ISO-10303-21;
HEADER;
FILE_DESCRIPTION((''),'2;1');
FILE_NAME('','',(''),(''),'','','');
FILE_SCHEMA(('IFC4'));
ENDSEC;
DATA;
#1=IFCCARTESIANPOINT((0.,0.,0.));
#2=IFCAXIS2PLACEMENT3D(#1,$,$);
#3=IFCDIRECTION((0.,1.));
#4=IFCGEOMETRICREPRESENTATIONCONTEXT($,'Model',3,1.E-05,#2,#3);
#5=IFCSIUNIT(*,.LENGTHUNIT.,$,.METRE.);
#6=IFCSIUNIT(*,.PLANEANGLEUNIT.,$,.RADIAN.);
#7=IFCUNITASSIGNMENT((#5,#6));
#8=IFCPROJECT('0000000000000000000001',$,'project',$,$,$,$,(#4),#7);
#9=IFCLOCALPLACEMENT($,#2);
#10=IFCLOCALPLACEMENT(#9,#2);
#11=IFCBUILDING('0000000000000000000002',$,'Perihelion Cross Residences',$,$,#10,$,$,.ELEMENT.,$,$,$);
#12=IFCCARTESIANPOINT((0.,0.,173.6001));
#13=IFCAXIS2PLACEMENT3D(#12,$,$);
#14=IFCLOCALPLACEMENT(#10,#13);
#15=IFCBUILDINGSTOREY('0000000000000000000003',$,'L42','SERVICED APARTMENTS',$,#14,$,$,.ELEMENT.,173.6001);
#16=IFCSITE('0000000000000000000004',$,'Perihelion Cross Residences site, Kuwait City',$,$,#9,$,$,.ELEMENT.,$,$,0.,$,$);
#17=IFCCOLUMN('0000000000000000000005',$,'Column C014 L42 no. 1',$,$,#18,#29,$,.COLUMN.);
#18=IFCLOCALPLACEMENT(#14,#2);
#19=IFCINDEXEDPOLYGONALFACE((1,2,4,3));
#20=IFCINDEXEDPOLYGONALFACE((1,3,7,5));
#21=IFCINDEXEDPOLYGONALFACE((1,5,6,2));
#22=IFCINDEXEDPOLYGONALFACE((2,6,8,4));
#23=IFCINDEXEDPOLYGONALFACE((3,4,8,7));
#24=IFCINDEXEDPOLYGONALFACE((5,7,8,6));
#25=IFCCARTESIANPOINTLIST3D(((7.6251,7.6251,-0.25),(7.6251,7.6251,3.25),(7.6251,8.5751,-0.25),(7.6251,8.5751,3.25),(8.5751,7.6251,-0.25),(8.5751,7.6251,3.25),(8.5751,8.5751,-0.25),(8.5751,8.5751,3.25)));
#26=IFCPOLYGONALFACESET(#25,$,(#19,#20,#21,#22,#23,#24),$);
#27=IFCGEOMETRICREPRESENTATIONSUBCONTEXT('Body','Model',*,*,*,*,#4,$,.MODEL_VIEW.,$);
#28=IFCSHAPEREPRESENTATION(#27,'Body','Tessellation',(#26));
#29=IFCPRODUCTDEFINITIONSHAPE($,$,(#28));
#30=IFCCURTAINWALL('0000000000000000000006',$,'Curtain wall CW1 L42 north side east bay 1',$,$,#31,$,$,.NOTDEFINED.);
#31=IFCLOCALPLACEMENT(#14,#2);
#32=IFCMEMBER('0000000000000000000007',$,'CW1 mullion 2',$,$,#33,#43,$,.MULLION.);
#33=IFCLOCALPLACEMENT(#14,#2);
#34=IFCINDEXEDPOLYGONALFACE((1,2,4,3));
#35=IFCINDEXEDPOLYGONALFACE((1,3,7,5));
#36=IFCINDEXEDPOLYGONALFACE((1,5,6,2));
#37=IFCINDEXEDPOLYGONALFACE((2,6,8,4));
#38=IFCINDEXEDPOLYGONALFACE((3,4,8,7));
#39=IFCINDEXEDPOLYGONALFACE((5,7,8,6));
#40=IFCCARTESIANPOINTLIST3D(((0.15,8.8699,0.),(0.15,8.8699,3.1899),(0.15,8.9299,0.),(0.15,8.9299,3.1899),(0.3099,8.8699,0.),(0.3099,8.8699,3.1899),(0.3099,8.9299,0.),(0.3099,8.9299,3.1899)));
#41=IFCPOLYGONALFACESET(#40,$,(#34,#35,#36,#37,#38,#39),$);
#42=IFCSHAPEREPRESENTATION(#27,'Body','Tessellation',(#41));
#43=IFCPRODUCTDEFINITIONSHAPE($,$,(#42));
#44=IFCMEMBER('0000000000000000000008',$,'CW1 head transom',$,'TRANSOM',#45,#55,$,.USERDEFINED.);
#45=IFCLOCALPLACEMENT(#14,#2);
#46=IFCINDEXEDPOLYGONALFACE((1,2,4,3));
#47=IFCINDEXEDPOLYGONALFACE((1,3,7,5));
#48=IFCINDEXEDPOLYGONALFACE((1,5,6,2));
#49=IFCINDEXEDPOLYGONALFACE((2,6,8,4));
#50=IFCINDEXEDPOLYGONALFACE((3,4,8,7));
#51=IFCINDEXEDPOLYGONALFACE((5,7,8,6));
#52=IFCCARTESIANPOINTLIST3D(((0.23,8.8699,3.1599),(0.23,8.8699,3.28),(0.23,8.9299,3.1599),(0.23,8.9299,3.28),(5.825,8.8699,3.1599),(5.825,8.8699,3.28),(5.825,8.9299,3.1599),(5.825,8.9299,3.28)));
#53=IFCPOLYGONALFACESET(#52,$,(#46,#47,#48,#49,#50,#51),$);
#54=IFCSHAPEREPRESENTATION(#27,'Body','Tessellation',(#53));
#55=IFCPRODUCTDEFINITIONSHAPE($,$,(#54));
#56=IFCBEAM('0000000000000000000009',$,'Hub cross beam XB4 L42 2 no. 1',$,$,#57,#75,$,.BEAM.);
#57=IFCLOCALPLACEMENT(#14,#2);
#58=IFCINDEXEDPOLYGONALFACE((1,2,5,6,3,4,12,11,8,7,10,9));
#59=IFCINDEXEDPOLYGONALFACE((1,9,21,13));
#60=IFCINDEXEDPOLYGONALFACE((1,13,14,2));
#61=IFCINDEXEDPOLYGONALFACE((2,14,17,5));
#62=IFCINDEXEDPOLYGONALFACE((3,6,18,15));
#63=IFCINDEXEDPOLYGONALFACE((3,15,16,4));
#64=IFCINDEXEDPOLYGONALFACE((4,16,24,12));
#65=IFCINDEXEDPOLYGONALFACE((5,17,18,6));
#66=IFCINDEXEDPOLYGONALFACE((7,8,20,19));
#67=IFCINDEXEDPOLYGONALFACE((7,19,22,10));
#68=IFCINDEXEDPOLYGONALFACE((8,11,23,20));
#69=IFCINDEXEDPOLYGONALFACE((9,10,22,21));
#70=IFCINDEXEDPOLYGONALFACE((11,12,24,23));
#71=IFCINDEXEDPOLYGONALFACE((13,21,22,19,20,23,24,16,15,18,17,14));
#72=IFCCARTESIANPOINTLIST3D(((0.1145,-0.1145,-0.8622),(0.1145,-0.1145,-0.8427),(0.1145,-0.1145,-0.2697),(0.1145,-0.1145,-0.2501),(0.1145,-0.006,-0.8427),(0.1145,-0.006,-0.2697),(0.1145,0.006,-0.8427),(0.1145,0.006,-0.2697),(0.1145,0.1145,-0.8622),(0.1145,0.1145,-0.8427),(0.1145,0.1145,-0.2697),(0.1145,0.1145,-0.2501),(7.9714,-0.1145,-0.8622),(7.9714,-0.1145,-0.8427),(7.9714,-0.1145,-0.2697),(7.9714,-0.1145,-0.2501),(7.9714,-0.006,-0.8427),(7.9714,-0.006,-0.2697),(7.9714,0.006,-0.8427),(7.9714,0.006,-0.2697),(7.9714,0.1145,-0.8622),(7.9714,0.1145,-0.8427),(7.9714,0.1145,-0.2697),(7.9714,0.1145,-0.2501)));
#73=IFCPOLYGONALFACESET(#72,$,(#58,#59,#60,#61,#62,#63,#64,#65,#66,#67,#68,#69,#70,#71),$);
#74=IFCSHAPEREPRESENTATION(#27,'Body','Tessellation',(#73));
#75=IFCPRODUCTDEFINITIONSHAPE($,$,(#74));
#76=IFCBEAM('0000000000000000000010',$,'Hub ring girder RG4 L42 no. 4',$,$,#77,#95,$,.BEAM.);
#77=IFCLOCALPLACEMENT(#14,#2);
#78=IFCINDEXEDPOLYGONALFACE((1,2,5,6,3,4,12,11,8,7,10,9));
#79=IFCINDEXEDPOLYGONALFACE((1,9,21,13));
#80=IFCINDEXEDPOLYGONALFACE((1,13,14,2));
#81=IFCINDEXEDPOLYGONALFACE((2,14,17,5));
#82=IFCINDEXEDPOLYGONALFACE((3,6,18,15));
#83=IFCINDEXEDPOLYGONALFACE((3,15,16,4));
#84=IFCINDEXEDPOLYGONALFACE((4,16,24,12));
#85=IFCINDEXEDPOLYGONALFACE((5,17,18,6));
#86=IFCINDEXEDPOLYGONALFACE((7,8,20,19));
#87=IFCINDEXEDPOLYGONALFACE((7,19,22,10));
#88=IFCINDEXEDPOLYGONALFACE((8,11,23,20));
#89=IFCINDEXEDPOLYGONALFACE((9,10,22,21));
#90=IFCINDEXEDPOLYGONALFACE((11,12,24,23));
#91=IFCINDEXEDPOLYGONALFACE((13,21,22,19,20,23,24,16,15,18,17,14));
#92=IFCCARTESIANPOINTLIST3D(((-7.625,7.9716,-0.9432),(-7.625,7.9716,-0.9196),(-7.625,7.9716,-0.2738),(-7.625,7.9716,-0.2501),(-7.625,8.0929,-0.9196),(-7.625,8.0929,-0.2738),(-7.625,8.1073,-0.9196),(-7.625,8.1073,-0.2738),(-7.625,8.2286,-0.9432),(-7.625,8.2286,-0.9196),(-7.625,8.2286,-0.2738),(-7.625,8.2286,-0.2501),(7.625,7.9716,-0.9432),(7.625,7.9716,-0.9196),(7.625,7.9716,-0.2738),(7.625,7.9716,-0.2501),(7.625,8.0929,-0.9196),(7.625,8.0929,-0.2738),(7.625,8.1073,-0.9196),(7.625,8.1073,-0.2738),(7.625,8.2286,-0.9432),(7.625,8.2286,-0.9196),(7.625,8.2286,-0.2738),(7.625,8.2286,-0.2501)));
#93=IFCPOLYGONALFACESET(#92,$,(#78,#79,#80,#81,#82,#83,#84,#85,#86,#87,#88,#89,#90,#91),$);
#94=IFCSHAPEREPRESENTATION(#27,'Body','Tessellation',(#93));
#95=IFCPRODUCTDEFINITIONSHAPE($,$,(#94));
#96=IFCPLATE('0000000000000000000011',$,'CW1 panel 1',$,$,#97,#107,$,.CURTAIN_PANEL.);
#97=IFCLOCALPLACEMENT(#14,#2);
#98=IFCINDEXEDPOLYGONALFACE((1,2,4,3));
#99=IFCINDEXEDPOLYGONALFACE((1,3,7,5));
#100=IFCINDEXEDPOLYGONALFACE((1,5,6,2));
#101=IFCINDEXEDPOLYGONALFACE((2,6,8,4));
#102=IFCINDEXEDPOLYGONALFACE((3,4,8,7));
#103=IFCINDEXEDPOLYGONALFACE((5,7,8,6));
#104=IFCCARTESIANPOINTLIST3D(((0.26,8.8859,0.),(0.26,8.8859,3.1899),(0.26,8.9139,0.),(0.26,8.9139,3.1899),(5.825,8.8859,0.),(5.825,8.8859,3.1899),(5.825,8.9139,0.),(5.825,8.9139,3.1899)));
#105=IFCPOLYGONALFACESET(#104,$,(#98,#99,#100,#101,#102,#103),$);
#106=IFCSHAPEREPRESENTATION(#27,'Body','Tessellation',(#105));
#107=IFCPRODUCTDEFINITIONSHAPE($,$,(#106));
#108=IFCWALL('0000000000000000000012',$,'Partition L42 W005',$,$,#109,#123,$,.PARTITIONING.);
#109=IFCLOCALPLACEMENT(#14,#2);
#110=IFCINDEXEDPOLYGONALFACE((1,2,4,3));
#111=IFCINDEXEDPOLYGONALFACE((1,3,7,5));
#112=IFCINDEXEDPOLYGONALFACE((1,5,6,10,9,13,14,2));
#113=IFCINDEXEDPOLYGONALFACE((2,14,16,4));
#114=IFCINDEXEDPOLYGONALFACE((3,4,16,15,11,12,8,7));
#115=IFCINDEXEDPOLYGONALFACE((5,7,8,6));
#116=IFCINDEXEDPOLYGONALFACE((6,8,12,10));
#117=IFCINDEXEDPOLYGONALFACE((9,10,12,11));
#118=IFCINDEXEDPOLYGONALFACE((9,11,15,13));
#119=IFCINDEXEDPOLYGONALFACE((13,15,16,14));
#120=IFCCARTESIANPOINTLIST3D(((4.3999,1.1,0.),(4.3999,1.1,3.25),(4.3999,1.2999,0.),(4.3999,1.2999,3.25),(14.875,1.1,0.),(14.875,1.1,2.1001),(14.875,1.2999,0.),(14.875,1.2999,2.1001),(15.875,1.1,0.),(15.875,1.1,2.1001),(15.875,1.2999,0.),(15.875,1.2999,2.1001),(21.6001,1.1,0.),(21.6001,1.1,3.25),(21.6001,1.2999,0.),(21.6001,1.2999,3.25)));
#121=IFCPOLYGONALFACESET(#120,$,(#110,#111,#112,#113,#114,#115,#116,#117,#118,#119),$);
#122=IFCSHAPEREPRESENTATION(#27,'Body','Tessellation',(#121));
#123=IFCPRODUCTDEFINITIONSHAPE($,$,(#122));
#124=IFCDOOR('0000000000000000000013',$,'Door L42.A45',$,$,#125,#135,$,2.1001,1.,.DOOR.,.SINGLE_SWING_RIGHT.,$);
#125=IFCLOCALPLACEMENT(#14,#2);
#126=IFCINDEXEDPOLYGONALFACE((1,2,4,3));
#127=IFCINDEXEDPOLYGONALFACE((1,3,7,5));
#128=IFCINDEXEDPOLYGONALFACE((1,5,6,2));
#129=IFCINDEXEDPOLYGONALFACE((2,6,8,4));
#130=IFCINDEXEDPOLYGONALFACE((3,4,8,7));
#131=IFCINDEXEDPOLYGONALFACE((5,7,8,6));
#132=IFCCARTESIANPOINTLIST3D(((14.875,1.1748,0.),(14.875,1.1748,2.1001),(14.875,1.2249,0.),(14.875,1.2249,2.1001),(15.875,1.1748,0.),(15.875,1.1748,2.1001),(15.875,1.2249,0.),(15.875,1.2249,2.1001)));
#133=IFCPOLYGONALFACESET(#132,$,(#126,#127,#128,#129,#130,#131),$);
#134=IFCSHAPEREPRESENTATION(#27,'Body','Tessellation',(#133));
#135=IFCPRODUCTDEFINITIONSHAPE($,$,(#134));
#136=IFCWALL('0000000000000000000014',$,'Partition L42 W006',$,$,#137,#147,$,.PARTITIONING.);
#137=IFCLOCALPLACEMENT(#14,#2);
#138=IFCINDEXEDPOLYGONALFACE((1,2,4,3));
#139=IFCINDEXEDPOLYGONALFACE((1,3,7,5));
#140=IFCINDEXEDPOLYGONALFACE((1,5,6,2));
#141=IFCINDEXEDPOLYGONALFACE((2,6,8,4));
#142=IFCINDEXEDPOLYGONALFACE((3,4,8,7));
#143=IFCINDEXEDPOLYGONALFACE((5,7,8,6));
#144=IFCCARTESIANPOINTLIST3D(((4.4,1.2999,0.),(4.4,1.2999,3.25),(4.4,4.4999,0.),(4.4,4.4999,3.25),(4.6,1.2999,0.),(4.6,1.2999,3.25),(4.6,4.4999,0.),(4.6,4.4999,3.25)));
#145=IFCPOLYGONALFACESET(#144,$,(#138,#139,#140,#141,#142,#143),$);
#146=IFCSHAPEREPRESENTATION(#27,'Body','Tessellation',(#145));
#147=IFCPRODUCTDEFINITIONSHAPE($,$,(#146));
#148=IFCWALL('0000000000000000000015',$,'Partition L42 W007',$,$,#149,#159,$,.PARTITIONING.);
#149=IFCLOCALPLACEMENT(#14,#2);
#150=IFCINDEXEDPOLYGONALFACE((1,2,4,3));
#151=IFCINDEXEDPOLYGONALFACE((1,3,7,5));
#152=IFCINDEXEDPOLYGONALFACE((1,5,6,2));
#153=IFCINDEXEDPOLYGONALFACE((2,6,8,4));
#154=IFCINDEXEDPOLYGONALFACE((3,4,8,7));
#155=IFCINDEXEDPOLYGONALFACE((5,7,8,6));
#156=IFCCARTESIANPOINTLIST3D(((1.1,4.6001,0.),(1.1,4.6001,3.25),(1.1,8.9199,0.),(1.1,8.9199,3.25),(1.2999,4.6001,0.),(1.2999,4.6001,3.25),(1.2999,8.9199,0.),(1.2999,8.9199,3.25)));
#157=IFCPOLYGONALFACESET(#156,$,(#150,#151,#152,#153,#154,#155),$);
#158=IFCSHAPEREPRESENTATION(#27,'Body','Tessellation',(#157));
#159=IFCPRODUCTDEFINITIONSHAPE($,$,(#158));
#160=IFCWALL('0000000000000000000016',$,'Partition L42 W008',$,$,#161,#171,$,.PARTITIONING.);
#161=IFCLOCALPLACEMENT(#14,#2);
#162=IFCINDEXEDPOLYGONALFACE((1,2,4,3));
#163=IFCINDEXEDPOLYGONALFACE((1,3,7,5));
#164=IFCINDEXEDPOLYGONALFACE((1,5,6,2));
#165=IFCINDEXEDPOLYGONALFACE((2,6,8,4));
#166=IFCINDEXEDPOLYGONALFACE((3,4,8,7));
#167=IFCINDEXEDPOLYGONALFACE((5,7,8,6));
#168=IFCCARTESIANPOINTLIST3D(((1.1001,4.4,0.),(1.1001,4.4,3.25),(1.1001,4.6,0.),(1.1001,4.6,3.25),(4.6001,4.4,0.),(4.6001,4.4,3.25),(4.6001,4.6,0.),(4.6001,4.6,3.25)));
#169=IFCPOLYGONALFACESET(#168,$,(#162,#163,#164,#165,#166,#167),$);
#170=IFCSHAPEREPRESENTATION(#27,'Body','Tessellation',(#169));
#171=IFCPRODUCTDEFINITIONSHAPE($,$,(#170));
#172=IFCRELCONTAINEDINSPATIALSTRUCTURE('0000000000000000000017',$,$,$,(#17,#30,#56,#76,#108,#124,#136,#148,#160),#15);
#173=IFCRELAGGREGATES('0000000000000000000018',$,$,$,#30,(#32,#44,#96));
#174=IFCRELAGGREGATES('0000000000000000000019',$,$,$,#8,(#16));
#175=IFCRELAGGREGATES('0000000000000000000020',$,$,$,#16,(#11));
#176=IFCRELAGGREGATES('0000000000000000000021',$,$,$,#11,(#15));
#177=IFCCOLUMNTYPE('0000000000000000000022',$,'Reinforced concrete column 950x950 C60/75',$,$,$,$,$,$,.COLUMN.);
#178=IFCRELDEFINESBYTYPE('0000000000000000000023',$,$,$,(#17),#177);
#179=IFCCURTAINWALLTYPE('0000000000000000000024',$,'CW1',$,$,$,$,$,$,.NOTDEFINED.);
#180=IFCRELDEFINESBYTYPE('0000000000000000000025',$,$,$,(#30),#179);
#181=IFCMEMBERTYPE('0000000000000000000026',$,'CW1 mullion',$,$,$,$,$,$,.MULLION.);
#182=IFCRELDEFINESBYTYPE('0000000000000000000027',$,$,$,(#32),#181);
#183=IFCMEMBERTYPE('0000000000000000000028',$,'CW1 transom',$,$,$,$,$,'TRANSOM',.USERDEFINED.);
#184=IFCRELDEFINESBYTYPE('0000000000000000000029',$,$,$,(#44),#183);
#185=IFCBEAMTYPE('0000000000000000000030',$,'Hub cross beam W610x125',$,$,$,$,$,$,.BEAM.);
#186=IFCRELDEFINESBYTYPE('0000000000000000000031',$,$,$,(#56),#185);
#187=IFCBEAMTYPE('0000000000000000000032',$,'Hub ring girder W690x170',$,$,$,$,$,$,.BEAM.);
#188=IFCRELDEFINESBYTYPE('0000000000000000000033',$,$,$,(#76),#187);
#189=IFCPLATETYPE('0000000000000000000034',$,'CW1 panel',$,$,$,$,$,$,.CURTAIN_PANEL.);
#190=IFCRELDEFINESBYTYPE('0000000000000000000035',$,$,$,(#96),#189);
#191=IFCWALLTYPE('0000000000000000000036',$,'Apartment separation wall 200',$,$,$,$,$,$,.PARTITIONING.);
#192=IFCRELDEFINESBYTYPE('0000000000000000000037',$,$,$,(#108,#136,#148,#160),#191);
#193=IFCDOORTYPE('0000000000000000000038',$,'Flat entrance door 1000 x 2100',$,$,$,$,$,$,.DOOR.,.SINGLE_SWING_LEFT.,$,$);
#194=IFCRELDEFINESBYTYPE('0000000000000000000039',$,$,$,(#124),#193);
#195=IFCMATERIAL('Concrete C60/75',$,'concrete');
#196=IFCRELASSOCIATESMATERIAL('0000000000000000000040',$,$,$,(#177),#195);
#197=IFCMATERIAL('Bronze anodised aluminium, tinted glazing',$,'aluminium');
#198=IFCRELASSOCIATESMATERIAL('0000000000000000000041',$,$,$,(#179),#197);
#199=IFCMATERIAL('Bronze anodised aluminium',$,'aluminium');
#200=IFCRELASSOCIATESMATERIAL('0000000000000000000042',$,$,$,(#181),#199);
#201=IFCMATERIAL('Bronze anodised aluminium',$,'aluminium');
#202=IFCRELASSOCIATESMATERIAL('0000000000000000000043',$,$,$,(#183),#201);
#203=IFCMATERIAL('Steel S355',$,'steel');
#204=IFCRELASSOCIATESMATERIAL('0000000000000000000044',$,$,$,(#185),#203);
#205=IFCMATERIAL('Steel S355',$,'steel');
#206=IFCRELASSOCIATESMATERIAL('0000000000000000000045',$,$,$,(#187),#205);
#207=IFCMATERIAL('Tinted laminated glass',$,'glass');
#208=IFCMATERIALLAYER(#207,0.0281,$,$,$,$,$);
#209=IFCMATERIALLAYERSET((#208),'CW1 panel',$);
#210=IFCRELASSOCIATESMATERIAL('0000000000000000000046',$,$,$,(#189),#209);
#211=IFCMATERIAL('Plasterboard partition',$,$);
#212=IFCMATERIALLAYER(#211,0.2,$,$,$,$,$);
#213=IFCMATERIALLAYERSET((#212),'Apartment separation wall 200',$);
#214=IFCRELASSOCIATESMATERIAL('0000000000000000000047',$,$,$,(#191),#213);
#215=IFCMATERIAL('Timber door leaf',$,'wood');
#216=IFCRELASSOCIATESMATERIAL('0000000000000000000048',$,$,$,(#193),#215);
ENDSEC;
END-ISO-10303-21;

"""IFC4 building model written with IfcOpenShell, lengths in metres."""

from ifc_helpers import new_model, si_unit, direction, frame, frame_2d, origin, origin_2d, place, context, subcontext, project, spatial, rectangle, i_section, extrude, material, layer, layer_set, material_profile, profile_set, type_object, element, fill, aggregate, save


model = new_model("IFC4")

# Units and contexts
model_context = context("Model", 3, precision=1e-05, world=origin(), true_north=direction((0.0, 1.0)))
body_context = subcontext(model_context, "Body", "Model", "MODEL_VIEW")
ifc_project = project(units=[si_unit("LENGTHUNIT", "METRE"), si_unit("PLANEANGLEUNIT", "RADIAN")], contexts=[model_context])

# Site, building, storey
site_placement = place(None, origin())
site = spatial("IfcSite", under=ifc_project, at=site_placement, Name="Perihelion Cross Residences site, Kuwait City", CompositionType="ELEMENT", RefElevation=0.0)
building_placement = place(site_placement, origin())
building = spatial("IfcBuilding", under=site, at=building_placement, Name="Perihelion Cross Residences", CompositionType="ELEMENT")
storey_placement = place(building_placement, frame((0.0, 0.0, 173.6001)))
storey = spatial("IfcBuildingStorey", under=building, at=storey_placement, Name="L42", Description="SERVICED APARTMENTS", CompositionType="ELEMENT", Elevation=173.6001)

# Column
ifc_material_1 = material(Name="Concrete C60/75", Category="concrete")
ifc_material_profile_1 = material_profile(ifc_material_1, rectangle(XDim=0.95, YDim=0.95, at=origin_2d()), Name="RC 950x950")
ifc_profile_set_1 = profile_set([ifc_material_profile_1], Name="Concrete C60/75")
column_type = type_object("IfcColumnType", Name="Reinforced concrete column 950x950 C60/75", PredefinedType="COLUMN", material=ifc_profile_set_1)
column_placement = place(storey_placement, frame((8.1001, 8.1001, -0.25), z_axis=(0.0, 0.0, 1.0), x_axis=(1.0, 0.0, 0.0)))
element("IfcColumn", 1, at=column_placement, inside=storey, type_object=column_type, Name="Column C014 L42 no. 1", PredefinedType="COLUMN", context=body_context, shape_type="SweptSolid", body=[
    extrude(rectangle(XDim=0.95, YDim=0.95, at=origin_2d()), origin(), (0.0, 0.0, 1.0), 3.5),
])

# Curtain wall, members
ifc_material_2 = material(Name="Bronze anodised aluminium, tinted glazing", Category="aluminium")
curtain_wall_type = type_object("IfcCurtainWallType", Name="CW1", PredefinedType="NOTDEFINED", material=ifc_material_2)
curtain_wall_placement = place(storey_placement, origin())
curtain_wall = element("IfcCurtainWall", 2, at=curtain_wall_placement, inside=storey, type_object=curtain_wall_type, Name="Curtain wall CW1 L42 north side east bay 1", PredefinedType="NOTDEFINED")
ifc_material_3 = material(Name="Bronze anodised aluminium", Category="aluminium")
ifc_material_profile_2 = material_profile(ifc_material_3, rectangle(XDim=0.0601, YDim=0.1599, at=origin_2d()), Name="CW1 mullion")
ifc_profile_set_2 = profile_set([ifc_material_profile_2], Name="Bronze anodised aluminium")
member_type_1 = type_object("IfcMemberType", Name="CW1 mullion", PredefinedType="MULLION", material=ifc_profile_set_2)
member_1_placement = place(storey_placement, frame((0.23, 8.8999, 0.0), z_axis=(0.0, 0.0, 1.0), x_axis=(0.0, -1.0, 0.0)))
member_1 = element("IfcMember", 3, at=member_1_placement, type_object=member_type_1, Name="CW1 mullion 2", PredefinedType="MULLION", context=body_context, shape_type="SweptSolid", body=[
    extrude(rectangle(XDim=0.0601, YDim=0.1599, at=origin_2d()), origin(), (0.0, 0.0, 1.0), 3.1899),
])
ifc_material_4 = material(Name="Bronze anodised aluminium", Category="aluminium")
ifc_material_profile_3 = material_profile(ifc_material_4, rectangle(XDim=0.0601, YDim=0.1201, at=origin_2d()), Name="CW1 transom")
ifc_profile_set_3 = profile_set([ifc_material_profile_3], Name="Bronze anodised aluminium")
member_type_2 = type_object("IfcMemberType", Name="CW1 transom", ElementType="TRANSOM", PredefinedType="USERDEFINED", material=ifc_profile_set_3)
member_2_placement = place(storey_placement, frame((5.825, 8.8999, 3.22), z_axis=(-1.0, 0.0, 0.0), x_axis=(0.0, -1.0, 0.0)))
member_2 = element("IfcMember", 4, at=member_2_placement, type_object=member_type_2, Name="CW1 head transom", ObjectType="TRANSOM", PredefinedType="USERDEFINED", context=body_context, shape_type="SweptSolid", body=[
    extrude(rectangle(XDim=0.0601, YDim=0.1201, at=origin_2d()), origin(), (0.0, 0.0, 1.0), 5.595),
])

# Beams
ifc_material_5 = material(Name="Steel S355", Category="steel")
ifc_material_profile_4 = material_profile(ifc_material_5, i_section(OverallWidth=0.229, OverallDepth=0.6121, WebThickness=0.012, FlangeThickness=0.0195, at=origin_2d()), Name="W610x125")
ifc_profile_set_4 = profile_set([ifc_material_profile_4], Name="Steel S355")
beam_type_1 = type_object("IfcBeamType", Name="Hub cross beam W610x125", PredefinedType="BEAM", material=ifc_profile_set_4)
beam_1_placement = place(storey_placement, frame((0.1145, 0.0, -0.5562), z_axis=(1.0, 0.0, 0.0), x_axis=(0.0, 1.0, 0.0)))
element("IfcBeam", 5, at=beam_1_placement, inside=storey, type_object=beam_type_1, Name="Hub cross beam XB4 L42 2 no. 1", PredefinedType="BEAM", context=body_context, shape_type="SweptSolid", body=[
    extrude(i_section(OverallWidth=0.229, OverallDepth=0.6121, WebThickness=0.012, FlangeThickness=0.0195, at=origin_2d()), origin(), (0.0, 0.0, 1.0), 7.8569),
])
ifc_material_6 = material(Name="Steel S355", Category="steel")
ifc_material_profile_5 = material_profile(ifc_material_6, i_section(OverallWidth=0.2571, OverallDepth=0.6931, WebThickness=0.0144, FlangeThickness=0.0237, at=origin_2d()), Name="W690x170")
ifc_profile_set_5 = profile_set([ifc_material_profile_5], Name="Steel S355")
beam_type_2 = type_object("IfcBeamType", Name="Hub ring girder W690x170", PredefinedType="BEAM", material=ifc_profile_set_5)
beam_2_placement = place(storey_placement, frame((7.625, 8.1001, -0.5967), z_axis=(-1.0, 0.0, 0.0), x_axis=(0.0, -1.0, 0.0)))
element("IfcBeam", 6, at=beam_2_placement, inside=storey, type_object=beam_type_2, Name="Hub ring girder RG4 L42 no. 4", PredefinedType="BEAM", context=body_context, shape_type="SweptSolid", body=[
    extrude(i_section(OverallWidth=0.2571, OverallDepth=0.6931, WebThickness=0.0144, FlangeThickness=0.0237, at=origin_2d()), origin(), (0.0, 0.0, 1.0), 15.25),
])

# Plate
ifc_material_7 = material(Name="Tinted laminated glass", Category="glass")
ifc_layer_1 = layer(ifc_material_7, 0.0281)
ifc_layer_set_1 = layer_set([ifc_layer_1], Name="CW1 panel")
plate_type = type_object("IfcPlateType", Name="CW1 panel", PredefinedType="CURTAIN_PANEL", material=ifc_layer_set_1)
plate_placement = place(storey_placement, frame((3.0425, 8.8999, 0.0), z_axis=(0.0, 0.0, 1.0), x_axis=(-1.0, 0.0, 0.0)))
plate = element("IfcPlate", 7, at=plate_placement, type_object=plate_type, Name="CW1 panel 1", PredefinedType="CURTAIN_PANEL", context=body_context, shape_type="SweptSolid", body=[
    extrude(rectangle(XDim=5.5649, YDim=0.0281, at=origin_2d()), origin(), (0.0, 0.0, 1.0), 3.1899),
])
aggregate(curtain_wall, [member_1, member_2, plate])

# Wall, opening, door
ifc_material_8 = material(Name="Plasterboard partition")
ifc_layer_2 = layer(ifc_material_8, 0.2)
ifc_layer_set_2 = layer_set([ifc_layer_2], Name="Apartment separation wall 200")
wall_type_1 = type_object("IfcWallType", Name="Apartment separation wall 200", PredefinedType="PARTITIONING", material=ifc_layer_set_2)
wall_1_placement = place(storey_placement, frame((4.3999, 1.2, 0.0), z_axis=(0.0, 0.0, 1.0), x_axis=(1.0, 0.0, 0.0)))
wall_1 = element("IfcWall", 8, at=wall_1_placement, inside=storey, type_object=wall_type_1, Name="Partition L42 W005", PredefinedType="PARTITIONING", context=body_context, shape_type="SweptSolid", body=[
    extrude(rectangle(XDim=17.2002, YDim=0.2, at=frame_2d((8.6001, 0.0))), origin(), (0.0, 0.0, 1.0), 3.25),
])
opening_1_placement = place(wall_1_placement, frame((10.4751, 0.0, 0.0)))
opening_1 = element("IfcOpeningElement", 9, at=opening_1_placement, cuts=wall_1, PredefinedType="OPENING", context=body_context, shape_type="SweptSolid", body=[
    extrude(rectangle(XDim=1.0, YDim=2.1001, at=frame_2d((0.5, 1.05))), frame((0.0, 0.1099, 0.0), z_axis=(0.0, -1.0, 0.0), x_axis=(1.0, 0.0, 0.0)), (0.0, 0.0, 1.0), 0.22),
])
ifc_material_9 = material(Name="Timber door leaf", Category="wood")
door_type_1 = type_object("IfcDoorType", Name="Flat entrance door 1000 x 2100", OperationType="SINGLE_SWING_LEFT", PredefinedType="DOOR", material=ifc_material_9)
door_1_placement = place(opening_1_placement, origin())
door_1 = element("IfcDoor", 10, at=door_1_placement, inside=storey, type_object=door_type_1, Name="Door L42.A45", OperationType="SINGLE_SWING_RIGHT", OverallHeight=2.1001, OverallWidth=1.0, PredefinedType="DOOR", context=body_context, shape_type="SweptSolid", body=[
    extrude(rectangle(XDim=1.0, YDim=2.1001, at=frame_2d((0.5, 1.05))), frame((0.0, 0.0249, 0.0), z_axis=(0.0, -1.0, 0.0), x_axis=(1.0, 0.0, 0.0)), (0.0, 0.0, 1.0), 0.05),
])
fill(opening_1, door_1)

# Walls
wall_2_placement = place(storey_placement, frame((4.5, 4.5, 0.0), z_axis=(0.0, 0.0, 1.0), x_axis=(0.0, -1.0, 0.0)))
element("IfcWall", 11, at=wall_2_placement, inside=storey, type_object=wall_type_1, Name="Partition L42 W006", PredefinedType="PARTITIONING", context=body_context, shape_type="SweptSolid", body=[
    extrude(rectangle(XDim=3.2, YDim=0.2, at=frame_2d((1.6001, 0.0))), origin(), (0.0, 0.0, 1.0), 3.25),
])
wall_3_placement = place(storey_placement, frame((1.2, 8.9199, 0.0), z_axis=(0.0, 0.0, 1.0), x_axis=(0.0, -1.0, 0.0)))
element("IfcWall", 12, at=wall_3_placement, inside=storey, type_object=wall_type_1, Name="Partition L42 W007", PredefinedType="PARTITIONING", context=body_context, shape_type="SweptSolid", body=[
    extrude(rectangle(XDim=4.3198, YDim=0.2, at=frame_2d((2.1599, 0.0))), origin(), (0.0, 0.0, 1.0), 3.25),
])
wall_4_placement = place(storey_placement, frame((1.1001, 4.5, 0.0), z_axis=(0.0, 0.0, 1.0), x_axis=(1.0, 0.0, 0.0)))
element("IfcWall", 13, at=wall_4_placement, inside=storey, type_object=wall_type_1, Name="Partition L42 W008", PredefinedType="PARTITIONING", context=body_context, shape_type="SweptSolid", body=[
    extrude(rectangle(XDim=3.5, YDim=0.2, at=frame_2d((1.75, 0.0))), origin(), (0.0, 0.0, 1.0), 3.25),
])

save(model, "model.ifc")
